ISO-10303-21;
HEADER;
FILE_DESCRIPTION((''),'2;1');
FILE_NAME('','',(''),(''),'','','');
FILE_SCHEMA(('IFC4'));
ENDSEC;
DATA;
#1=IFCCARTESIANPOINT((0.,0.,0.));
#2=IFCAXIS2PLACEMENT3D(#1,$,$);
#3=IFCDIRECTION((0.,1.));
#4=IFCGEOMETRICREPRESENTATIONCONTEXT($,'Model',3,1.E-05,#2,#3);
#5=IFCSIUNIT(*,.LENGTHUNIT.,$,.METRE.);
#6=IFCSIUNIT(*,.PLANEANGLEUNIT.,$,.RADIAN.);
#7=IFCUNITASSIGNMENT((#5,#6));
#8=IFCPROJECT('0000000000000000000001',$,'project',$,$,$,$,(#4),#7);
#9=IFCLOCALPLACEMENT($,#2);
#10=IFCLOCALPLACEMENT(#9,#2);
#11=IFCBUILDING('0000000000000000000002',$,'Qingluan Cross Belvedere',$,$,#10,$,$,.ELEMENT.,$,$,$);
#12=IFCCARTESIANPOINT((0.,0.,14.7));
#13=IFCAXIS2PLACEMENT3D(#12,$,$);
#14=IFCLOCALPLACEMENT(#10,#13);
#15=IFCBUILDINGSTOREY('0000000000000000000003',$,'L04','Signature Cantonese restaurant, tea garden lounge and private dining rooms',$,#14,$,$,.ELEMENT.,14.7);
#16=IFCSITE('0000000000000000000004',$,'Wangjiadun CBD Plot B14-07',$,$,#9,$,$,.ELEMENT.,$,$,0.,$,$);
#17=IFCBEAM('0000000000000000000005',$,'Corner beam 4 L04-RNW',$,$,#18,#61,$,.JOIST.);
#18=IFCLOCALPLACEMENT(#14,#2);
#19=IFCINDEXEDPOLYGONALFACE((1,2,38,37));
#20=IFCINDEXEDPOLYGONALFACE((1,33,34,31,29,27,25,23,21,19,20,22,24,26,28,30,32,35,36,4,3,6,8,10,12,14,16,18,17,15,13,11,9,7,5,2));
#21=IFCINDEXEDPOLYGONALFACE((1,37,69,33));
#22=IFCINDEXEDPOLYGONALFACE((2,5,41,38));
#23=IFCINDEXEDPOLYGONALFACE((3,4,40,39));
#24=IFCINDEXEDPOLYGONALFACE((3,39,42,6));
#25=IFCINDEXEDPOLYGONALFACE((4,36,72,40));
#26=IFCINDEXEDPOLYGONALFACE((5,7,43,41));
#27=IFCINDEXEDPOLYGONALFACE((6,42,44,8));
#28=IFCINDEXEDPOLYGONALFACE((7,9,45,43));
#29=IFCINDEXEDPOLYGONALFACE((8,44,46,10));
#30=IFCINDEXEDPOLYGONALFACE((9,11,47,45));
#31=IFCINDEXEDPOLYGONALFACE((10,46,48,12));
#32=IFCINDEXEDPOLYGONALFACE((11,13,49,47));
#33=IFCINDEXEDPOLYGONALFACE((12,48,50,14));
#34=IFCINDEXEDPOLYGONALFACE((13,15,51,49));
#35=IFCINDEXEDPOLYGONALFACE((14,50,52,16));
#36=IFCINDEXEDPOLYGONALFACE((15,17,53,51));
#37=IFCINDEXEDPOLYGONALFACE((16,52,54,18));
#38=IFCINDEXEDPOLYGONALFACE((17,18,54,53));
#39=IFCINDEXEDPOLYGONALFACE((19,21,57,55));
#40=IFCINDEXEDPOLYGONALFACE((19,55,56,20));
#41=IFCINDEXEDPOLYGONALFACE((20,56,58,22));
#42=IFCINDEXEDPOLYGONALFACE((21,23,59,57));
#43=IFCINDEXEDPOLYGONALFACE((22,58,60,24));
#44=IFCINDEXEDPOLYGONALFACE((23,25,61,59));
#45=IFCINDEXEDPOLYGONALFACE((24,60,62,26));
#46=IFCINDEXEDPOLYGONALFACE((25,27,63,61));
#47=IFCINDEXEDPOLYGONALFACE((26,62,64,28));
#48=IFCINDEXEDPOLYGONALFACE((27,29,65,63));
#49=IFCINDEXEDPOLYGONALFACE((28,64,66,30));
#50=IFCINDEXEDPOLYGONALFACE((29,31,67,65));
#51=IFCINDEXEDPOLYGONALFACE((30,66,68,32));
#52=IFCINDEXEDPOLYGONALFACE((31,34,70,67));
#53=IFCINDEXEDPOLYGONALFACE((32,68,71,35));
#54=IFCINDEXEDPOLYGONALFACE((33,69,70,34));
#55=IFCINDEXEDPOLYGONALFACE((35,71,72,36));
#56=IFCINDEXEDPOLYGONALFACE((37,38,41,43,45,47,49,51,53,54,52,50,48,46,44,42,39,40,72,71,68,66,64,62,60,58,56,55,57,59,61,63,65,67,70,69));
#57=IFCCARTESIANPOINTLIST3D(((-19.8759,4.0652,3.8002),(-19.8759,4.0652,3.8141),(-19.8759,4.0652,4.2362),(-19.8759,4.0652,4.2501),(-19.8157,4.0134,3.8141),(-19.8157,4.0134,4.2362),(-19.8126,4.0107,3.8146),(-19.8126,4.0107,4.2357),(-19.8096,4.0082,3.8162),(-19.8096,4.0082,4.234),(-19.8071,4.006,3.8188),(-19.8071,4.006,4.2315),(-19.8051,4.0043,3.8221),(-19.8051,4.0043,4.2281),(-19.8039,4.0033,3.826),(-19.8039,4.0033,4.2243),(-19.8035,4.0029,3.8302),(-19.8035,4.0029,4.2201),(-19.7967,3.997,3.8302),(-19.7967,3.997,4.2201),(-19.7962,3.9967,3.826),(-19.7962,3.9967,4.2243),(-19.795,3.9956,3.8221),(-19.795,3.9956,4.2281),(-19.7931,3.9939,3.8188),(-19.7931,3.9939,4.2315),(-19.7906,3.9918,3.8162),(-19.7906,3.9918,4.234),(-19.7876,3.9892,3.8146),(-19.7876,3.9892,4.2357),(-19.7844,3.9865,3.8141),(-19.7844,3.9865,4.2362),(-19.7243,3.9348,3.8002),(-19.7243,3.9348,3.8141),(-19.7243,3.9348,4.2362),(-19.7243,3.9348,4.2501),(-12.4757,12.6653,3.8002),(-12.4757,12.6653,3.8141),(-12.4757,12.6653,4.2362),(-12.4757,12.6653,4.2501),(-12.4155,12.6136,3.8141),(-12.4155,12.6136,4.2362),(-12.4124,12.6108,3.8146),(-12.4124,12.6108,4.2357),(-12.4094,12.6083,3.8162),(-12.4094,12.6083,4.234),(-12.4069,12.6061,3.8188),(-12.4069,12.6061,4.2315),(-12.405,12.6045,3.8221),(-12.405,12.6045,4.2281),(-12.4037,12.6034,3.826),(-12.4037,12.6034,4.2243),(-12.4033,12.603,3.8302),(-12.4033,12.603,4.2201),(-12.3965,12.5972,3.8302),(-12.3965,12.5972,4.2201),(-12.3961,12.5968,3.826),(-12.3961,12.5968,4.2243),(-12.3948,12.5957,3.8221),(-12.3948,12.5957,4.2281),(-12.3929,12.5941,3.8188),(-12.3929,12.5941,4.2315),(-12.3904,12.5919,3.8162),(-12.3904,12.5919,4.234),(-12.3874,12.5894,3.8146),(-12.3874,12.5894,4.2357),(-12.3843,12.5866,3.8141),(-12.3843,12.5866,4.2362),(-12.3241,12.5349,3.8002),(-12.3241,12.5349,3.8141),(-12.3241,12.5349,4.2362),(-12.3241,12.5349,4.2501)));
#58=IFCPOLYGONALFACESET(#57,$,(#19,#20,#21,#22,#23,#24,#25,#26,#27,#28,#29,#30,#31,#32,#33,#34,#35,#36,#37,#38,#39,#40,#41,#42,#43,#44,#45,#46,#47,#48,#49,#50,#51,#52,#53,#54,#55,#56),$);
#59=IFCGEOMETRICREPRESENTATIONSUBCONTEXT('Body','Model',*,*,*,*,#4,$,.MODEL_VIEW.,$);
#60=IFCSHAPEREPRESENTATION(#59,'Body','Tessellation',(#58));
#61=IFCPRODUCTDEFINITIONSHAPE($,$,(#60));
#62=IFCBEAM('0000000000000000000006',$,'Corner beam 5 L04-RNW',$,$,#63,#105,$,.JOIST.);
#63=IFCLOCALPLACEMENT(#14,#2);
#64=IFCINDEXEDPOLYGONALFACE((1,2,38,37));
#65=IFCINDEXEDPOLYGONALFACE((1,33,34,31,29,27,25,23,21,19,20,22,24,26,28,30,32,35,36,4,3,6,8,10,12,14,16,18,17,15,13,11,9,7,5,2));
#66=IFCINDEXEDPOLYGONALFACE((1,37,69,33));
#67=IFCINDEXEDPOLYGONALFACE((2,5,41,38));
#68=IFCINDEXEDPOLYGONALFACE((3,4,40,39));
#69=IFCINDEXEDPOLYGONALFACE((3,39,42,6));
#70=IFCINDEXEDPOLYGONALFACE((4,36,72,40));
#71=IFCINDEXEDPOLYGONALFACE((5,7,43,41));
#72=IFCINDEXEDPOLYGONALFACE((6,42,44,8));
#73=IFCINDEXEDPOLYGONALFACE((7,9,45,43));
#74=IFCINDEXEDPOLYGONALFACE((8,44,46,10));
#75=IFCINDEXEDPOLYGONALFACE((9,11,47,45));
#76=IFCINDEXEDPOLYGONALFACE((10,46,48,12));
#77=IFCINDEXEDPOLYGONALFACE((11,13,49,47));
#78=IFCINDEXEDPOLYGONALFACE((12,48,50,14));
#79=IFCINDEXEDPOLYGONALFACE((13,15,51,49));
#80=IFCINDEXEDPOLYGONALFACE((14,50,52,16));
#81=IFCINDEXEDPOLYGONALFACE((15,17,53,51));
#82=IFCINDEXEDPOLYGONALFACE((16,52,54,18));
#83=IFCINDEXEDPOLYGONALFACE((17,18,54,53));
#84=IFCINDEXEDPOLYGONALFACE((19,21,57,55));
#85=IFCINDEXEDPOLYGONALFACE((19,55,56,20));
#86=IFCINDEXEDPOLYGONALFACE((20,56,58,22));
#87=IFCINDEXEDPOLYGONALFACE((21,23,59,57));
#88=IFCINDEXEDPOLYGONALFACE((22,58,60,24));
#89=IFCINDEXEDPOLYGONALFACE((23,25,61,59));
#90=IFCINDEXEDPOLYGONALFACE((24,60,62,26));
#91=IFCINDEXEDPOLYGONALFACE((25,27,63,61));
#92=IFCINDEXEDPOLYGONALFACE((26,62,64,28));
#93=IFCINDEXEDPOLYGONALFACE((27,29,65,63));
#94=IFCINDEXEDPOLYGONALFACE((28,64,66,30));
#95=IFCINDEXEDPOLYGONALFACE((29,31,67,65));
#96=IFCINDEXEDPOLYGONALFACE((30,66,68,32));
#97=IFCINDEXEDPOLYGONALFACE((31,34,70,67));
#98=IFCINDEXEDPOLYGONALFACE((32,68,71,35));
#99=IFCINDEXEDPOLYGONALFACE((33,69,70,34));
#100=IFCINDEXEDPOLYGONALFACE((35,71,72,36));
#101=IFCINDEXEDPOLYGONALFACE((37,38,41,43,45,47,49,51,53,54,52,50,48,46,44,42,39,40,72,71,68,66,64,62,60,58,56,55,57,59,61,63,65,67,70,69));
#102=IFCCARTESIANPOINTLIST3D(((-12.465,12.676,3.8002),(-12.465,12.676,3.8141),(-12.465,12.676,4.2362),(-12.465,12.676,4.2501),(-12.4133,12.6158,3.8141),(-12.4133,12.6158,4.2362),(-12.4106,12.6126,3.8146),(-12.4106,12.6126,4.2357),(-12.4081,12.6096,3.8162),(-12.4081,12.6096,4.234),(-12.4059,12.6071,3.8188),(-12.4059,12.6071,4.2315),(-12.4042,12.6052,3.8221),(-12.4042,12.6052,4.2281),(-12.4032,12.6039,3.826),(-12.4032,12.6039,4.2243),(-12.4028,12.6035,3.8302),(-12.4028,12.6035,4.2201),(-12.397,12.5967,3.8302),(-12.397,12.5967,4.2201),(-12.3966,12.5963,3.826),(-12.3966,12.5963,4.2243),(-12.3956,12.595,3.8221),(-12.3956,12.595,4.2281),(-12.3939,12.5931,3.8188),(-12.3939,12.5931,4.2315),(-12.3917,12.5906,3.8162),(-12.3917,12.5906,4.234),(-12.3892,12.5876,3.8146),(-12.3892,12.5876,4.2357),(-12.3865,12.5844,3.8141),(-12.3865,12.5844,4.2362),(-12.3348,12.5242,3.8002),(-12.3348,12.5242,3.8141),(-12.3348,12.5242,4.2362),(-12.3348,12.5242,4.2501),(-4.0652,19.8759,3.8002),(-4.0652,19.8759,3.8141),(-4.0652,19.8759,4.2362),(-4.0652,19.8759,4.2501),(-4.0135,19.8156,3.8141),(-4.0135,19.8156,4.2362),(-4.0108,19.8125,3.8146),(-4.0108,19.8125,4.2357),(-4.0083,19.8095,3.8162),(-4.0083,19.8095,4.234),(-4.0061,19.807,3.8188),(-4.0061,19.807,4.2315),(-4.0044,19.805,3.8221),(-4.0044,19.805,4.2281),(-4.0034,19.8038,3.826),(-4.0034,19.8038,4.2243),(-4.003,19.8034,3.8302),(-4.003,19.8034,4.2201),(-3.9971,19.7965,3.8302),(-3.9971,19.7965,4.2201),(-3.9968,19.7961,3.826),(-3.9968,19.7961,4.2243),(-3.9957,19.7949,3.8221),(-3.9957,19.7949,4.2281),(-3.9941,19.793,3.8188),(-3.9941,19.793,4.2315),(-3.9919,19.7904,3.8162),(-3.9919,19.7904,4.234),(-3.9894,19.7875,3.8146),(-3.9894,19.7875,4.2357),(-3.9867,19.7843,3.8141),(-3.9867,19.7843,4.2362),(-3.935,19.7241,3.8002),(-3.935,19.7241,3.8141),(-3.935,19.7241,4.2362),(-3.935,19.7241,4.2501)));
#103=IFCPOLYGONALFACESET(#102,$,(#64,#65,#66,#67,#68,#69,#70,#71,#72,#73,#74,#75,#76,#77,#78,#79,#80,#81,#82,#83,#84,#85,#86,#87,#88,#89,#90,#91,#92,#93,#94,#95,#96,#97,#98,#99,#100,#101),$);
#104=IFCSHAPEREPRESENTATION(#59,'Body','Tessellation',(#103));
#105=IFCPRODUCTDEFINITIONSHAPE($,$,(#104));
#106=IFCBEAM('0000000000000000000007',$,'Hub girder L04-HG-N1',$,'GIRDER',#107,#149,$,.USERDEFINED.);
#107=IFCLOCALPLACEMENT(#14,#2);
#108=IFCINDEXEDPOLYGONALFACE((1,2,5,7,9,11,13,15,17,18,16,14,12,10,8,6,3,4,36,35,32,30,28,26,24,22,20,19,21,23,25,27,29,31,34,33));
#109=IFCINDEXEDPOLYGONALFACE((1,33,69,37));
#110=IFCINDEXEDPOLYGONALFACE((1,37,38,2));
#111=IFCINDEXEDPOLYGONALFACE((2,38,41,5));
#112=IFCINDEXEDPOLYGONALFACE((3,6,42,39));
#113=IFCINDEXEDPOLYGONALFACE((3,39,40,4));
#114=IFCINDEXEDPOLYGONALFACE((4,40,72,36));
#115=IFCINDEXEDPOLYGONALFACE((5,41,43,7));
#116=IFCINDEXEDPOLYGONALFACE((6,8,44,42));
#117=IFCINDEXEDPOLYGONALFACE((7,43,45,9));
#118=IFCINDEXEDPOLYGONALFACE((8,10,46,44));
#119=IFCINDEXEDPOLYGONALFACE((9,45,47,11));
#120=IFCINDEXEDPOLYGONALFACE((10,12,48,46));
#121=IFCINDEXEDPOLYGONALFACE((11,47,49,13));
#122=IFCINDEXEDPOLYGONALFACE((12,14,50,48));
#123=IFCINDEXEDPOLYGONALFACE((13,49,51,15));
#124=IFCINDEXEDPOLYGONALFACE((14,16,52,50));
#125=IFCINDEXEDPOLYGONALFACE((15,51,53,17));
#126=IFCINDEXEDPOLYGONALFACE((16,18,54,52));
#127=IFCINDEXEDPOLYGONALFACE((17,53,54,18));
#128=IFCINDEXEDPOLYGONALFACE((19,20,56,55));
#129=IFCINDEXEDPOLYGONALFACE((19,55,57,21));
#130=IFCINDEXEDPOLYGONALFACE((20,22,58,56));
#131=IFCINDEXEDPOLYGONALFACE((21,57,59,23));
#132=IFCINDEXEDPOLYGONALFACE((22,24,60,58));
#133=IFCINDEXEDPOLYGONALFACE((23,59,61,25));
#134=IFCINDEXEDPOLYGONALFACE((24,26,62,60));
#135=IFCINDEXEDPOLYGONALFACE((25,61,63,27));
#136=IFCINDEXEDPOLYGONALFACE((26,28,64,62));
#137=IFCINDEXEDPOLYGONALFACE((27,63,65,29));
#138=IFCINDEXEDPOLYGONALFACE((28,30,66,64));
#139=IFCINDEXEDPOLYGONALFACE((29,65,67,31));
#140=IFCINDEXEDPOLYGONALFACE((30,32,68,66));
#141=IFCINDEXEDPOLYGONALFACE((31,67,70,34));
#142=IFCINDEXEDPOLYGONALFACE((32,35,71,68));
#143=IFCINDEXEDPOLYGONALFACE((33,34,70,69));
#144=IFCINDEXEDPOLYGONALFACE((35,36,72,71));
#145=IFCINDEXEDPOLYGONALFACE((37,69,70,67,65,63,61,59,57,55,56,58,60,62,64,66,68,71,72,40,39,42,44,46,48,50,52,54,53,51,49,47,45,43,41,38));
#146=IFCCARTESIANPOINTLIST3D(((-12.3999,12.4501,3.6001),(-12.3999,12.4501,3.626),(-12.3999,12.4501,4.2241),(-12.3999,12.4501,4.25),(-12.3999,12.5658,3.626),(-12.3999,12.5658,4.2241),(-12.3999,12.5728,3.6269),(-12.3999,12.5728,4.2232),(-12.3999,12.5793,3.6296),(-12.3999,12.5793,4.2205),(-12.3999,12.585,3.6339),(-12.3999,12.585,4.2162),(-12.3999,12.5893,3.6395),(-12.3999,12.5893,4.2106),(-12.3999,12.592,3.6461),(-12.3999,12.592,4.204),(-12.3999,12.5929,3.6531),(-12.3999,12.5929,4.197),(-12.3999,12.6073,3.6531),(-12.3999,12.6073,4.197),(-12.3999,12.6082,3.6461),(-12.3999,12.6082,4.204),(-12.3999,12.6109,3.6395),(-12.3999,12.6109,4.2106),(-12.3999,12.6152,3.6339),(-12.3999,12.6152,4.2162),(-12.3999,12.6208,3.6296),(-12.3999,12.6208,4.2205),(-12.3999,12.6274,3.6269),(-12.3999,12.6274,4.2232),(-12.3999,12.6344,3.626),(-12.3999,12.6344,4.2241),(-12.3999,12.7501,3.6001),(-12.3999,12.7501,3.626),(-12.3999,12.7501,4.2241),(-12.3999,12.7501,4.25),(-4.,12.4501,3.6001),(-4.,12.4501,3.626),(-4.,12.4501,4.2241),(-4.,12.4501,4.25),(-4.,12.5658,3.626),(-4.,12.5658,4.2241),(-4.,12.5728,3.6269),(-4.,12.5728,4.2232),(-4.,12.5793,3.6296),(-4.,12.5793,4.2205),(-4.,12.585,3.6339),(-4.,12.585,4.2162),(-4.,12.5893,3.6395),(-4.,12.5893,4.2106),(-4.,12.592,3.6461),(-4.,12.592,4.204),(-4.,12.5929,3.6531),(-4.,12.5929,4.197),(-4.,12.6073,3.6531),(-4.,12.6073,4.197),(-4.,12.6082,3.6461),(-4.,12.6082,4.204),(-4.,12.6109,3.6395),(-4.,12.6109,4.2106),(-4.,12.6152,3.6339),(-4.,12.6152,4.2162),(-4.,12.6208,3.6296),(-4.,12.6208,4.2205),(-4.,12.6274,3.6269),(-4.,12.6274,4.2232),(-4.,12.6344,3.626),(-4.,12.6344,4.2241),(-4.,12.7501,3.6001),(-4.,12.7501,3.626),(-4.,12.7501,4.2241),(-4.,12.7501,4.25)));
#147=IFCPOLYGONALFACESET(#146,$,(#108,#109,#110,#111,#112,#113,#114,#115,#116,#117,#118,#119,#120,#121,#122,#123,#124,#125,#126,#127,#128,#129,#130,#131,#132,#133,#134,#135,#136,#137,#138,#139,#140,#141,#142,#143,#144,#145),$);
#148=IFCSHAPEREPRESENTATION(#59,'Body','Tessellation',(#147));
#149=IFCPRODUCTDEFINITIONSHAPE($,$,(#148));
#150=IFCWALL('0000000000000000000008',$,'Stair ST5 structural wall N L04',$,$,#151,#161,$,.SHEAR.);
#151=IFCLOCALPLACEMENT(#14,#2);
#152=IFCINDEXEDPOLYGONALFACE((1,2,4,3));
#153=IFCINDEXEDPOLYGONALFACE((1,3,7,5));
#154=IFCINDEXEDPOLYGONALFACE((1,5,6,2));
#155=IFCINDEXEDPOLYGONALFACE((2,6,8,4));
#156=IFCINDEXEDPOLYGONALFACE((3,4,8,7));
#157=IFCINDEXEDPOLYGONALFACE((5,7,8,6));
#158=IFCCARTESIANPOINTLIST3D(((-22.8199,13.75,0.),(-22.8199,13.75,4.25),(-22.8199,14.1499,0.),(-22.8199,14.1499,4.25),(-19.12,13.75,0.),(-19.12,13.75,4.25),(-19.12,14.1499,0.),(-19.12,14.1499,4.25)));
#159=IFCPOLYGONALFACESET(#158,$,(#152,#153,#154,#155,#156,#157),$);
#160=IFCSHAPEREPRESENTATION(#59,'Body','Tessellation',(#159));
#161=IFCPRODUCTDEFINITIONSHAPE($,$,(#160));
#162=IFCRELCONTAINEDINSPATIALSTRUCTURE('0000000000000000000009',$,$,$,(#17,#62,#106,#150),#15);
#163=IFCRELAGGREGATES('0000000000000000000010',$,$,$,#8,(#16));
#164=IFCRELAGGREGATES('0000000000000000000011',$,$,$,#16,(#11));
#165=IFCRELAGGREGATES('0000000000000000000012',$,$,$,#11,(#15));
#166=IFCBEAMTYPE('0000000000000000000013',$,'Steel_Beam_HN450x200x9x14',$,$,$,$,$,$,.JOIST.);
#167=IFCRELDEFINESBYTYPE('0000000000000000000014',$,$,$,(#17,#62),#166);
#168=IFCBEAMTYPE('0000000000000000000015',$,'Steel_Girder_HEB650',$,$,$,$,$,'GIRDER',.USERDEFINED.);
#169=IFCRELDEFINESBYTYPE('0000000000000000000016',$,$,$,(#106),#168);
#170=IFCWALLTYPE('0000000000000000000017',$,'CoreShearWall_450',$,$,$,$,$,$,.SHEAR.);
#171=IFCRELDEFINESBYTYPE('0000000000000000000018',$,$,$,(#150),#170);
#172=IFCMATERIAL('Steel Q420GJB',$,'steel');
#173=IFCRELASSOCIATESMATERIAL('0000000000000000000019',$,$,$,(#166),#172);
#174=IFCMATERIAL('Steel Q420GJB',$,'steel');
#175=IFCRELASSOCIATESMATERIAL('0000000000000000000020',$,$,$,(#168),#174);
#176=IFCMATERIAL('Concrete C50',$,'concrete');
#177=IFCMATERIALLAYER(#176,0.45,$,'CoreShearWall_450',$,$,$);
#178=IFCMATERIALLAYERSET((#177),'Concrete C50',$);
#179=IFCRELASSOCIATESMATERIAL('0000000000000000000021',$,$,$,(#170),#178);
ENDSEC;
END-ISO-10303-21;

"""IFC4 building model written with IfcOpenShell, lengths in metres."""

from ifc_helpers import new_model, si_unit, direction, frame, frame_2d, origin, origin_2d, place, context, subcontext, project, spatial, rectangle, i_section, extrude, material, layer, layer_set, material_profile, profile_set, type_object, element, save


model = new_model("IFC4")

# Units and contexts
model_context = context("Model", 3, precision=1e-05, world=origin(), true_north=direction((0.0, 1.0)))
body_context = subcontext(model_context, "Body", "Model", "MODEL_VIEW")
ifc_project = project(units=[si_unit("LENGTHUNIT", "METRE"), si_unit("PLANEANGLEUNIT", "RADIAN")], contexts=[model_context])

# Site, building, storey
site_placement = place(None, origin())
site = spatial("IfcSite", under=ifc_project, at=site_placement, Name="Wangjiadun CBD Plot B14-07", CompositionType="ELEMENT", RefElevation=0.0)
building_placement = place(site_placement, origin())
building = spatial("IfcBuilding", under=site, at=building_placement, Name="Qingluan Cross Belvedere", CompositionType="ELEMENT")
storey_placement = place(building_placement, frame((0.0, 0.0, 14.7)))
storey = spatial("IfcBuildingStorey", under=building, at=storey_placement, Name="L04", Description="Signature Cantonese restaurant, tea garden lounge and private dining rooms", CompositionType="ELEMENT", Elevation=14.7)

# Beams
ifc_material_1 = material(Name="Steel Q420GJB", Category="steel")
ifc_material_profile_1 = material_profile(ifc_material_1, i_section(OverallWidth=0.2, OverallDepth=0.45, WebThickness=0.009, FlangeThickness=0.0139, FilletRadius=0.0161, at=origin_2d()), Name="HN450x200x9x14")
ifc_profile_set_1 = profile_set([ifc_material_profile_1], Name="Steel Q420GJB")
beam_type_1 = type_object("IfcBeamType", Name="Steel_Beam_HN450x200x9x14", PredefinedType="JOIST", material=ifc_profile_set_1)
beam_1_placement = place(storey_placement, frame((-12.3999, 12.6001, 4.0251), z_axis=(-0.652245, -0.758008, 0.0), x_axis=(0.758008, -0.652245, 0.0)))
element("IfcBeam", 1, at=beam_1_placement, inside=storey, type_object=beam_type_1, Name="Corner beam 4 L04-RNW", PredefinedType="JOIST", context=body_context, shape_type="SweptSolid", body=[
    extrude(i_section(OverallWidth=0.2, OverallDepth=0.45, WebThickness=0.009, FlangeThickness=0.0139, FilletRadius=0.0161, at=origin_2d()), origin(), (0.0, 0.0, 1.0), 11.3457),
])
beam_2_placement = place(storey_placement, frame((-12.3999, 12.6001, 4.0251), z_axis=(0.759255, 0.650793, 0.0), x_axis=(-0.650793, 0.759255, 0.0)))
element("IfcBeam", 2, at=beam_2_placement, inside=storey, type_object=beam_type_1, Name="Corner beam 5 L04-RNW", PredefinedType="JOIST", context=body_context, shape_type="SweptSolid", body=[
    extrude(i_section(OverallWidth=0.2, OverallDepth=0.45, WebThickness=0.009, FlangeThickness=0.0139, FilletRadius=0.0161, at=origin_2d()), origin(), (0.0, 0.0, 1.0), 11.0632),
])
ifc_material_2 = material(Name="Steel Q420GJB", Category="steel")
ifc_material_profile_2 = material_profile(ifc_material_2, i_section(OverallWidth=0.3, OverallDepth=0.6499, WebThickness=0.0144, FlangeThickness=0.0259, FilletRadius=0.0271, at=origin_2d()), Name="HEB650")
ifc_profile_set_2 = profile_set([ifc_material_profile_2], Name="Steel Q420GJB")
beam_type_2 = type_object("IfcBeamType", Name="Steel_Girder_HEB650", ElementType="GIRDER", PredefinedType="USERDEFINED", material=ifc_profile_set_2)
beam_3_placement = place(storey_placement, frame((-12.3999, 12.6001, 3.925), z_axis=(1.0, 0.0, 0.0), x_axis=(0.0, 1.0, 0.0)))
element("IfcBeam", 3, at=beam_3_placement, inside=storey, type_object=beam_type_2, Name="Hub girder L04-HG-N1", ObjectType="GIRDER", PredefinedType="USERDEFINED", context=body_context, shape_type="SweptSolid", body=[
    extrude(i_section(OverallWidth=0.3, OverallDepth=0.6499, WebThickness=0.0144, FlangeThickness=0.0259, FilletRadius=0.0271, at=origin_2d()), origin(), (0.0, 0.0, 1.0), 8.3999),
])

# Wall
ifc_material_3 = material(Name="Concrete C50", Category="concrete")
ifc_layer_1 = layer(ifc_material_3, 0.45, Name="CoreShearWall_450")
ifc_layer_set_1 = layer_set([ifc_layer_1], Name="Concrete C50")
wall_type_1 = type_object("IfcWallType", Name="CoreShearWall_450", PredefinedType="SHEAR", material=ifc_layer_set_1)
wall_1_placement = place(storey_placement, frame((-22.8201, 13.95, 0.0), z_axis=(0.0, 0.0, 1.0), x_axis=(1.0, 0.0, 0.0)))
element("IfcWall", 4, at=wall_1_placement, inside=storey, type_object=wall_type_1, Name="Stair ST5 structural wall N L04", PredefinedType="SHEAR", context=body_context, shape_type="SweptSolid", body=[
    extrude(rectangle(XDim=3.7, YDim=0.3999, at=frame_2d((1.8501, 0.0))), origin(), (0.0, 0.0, 1.0), 4.25),
])

save(model, "model.ifc")
